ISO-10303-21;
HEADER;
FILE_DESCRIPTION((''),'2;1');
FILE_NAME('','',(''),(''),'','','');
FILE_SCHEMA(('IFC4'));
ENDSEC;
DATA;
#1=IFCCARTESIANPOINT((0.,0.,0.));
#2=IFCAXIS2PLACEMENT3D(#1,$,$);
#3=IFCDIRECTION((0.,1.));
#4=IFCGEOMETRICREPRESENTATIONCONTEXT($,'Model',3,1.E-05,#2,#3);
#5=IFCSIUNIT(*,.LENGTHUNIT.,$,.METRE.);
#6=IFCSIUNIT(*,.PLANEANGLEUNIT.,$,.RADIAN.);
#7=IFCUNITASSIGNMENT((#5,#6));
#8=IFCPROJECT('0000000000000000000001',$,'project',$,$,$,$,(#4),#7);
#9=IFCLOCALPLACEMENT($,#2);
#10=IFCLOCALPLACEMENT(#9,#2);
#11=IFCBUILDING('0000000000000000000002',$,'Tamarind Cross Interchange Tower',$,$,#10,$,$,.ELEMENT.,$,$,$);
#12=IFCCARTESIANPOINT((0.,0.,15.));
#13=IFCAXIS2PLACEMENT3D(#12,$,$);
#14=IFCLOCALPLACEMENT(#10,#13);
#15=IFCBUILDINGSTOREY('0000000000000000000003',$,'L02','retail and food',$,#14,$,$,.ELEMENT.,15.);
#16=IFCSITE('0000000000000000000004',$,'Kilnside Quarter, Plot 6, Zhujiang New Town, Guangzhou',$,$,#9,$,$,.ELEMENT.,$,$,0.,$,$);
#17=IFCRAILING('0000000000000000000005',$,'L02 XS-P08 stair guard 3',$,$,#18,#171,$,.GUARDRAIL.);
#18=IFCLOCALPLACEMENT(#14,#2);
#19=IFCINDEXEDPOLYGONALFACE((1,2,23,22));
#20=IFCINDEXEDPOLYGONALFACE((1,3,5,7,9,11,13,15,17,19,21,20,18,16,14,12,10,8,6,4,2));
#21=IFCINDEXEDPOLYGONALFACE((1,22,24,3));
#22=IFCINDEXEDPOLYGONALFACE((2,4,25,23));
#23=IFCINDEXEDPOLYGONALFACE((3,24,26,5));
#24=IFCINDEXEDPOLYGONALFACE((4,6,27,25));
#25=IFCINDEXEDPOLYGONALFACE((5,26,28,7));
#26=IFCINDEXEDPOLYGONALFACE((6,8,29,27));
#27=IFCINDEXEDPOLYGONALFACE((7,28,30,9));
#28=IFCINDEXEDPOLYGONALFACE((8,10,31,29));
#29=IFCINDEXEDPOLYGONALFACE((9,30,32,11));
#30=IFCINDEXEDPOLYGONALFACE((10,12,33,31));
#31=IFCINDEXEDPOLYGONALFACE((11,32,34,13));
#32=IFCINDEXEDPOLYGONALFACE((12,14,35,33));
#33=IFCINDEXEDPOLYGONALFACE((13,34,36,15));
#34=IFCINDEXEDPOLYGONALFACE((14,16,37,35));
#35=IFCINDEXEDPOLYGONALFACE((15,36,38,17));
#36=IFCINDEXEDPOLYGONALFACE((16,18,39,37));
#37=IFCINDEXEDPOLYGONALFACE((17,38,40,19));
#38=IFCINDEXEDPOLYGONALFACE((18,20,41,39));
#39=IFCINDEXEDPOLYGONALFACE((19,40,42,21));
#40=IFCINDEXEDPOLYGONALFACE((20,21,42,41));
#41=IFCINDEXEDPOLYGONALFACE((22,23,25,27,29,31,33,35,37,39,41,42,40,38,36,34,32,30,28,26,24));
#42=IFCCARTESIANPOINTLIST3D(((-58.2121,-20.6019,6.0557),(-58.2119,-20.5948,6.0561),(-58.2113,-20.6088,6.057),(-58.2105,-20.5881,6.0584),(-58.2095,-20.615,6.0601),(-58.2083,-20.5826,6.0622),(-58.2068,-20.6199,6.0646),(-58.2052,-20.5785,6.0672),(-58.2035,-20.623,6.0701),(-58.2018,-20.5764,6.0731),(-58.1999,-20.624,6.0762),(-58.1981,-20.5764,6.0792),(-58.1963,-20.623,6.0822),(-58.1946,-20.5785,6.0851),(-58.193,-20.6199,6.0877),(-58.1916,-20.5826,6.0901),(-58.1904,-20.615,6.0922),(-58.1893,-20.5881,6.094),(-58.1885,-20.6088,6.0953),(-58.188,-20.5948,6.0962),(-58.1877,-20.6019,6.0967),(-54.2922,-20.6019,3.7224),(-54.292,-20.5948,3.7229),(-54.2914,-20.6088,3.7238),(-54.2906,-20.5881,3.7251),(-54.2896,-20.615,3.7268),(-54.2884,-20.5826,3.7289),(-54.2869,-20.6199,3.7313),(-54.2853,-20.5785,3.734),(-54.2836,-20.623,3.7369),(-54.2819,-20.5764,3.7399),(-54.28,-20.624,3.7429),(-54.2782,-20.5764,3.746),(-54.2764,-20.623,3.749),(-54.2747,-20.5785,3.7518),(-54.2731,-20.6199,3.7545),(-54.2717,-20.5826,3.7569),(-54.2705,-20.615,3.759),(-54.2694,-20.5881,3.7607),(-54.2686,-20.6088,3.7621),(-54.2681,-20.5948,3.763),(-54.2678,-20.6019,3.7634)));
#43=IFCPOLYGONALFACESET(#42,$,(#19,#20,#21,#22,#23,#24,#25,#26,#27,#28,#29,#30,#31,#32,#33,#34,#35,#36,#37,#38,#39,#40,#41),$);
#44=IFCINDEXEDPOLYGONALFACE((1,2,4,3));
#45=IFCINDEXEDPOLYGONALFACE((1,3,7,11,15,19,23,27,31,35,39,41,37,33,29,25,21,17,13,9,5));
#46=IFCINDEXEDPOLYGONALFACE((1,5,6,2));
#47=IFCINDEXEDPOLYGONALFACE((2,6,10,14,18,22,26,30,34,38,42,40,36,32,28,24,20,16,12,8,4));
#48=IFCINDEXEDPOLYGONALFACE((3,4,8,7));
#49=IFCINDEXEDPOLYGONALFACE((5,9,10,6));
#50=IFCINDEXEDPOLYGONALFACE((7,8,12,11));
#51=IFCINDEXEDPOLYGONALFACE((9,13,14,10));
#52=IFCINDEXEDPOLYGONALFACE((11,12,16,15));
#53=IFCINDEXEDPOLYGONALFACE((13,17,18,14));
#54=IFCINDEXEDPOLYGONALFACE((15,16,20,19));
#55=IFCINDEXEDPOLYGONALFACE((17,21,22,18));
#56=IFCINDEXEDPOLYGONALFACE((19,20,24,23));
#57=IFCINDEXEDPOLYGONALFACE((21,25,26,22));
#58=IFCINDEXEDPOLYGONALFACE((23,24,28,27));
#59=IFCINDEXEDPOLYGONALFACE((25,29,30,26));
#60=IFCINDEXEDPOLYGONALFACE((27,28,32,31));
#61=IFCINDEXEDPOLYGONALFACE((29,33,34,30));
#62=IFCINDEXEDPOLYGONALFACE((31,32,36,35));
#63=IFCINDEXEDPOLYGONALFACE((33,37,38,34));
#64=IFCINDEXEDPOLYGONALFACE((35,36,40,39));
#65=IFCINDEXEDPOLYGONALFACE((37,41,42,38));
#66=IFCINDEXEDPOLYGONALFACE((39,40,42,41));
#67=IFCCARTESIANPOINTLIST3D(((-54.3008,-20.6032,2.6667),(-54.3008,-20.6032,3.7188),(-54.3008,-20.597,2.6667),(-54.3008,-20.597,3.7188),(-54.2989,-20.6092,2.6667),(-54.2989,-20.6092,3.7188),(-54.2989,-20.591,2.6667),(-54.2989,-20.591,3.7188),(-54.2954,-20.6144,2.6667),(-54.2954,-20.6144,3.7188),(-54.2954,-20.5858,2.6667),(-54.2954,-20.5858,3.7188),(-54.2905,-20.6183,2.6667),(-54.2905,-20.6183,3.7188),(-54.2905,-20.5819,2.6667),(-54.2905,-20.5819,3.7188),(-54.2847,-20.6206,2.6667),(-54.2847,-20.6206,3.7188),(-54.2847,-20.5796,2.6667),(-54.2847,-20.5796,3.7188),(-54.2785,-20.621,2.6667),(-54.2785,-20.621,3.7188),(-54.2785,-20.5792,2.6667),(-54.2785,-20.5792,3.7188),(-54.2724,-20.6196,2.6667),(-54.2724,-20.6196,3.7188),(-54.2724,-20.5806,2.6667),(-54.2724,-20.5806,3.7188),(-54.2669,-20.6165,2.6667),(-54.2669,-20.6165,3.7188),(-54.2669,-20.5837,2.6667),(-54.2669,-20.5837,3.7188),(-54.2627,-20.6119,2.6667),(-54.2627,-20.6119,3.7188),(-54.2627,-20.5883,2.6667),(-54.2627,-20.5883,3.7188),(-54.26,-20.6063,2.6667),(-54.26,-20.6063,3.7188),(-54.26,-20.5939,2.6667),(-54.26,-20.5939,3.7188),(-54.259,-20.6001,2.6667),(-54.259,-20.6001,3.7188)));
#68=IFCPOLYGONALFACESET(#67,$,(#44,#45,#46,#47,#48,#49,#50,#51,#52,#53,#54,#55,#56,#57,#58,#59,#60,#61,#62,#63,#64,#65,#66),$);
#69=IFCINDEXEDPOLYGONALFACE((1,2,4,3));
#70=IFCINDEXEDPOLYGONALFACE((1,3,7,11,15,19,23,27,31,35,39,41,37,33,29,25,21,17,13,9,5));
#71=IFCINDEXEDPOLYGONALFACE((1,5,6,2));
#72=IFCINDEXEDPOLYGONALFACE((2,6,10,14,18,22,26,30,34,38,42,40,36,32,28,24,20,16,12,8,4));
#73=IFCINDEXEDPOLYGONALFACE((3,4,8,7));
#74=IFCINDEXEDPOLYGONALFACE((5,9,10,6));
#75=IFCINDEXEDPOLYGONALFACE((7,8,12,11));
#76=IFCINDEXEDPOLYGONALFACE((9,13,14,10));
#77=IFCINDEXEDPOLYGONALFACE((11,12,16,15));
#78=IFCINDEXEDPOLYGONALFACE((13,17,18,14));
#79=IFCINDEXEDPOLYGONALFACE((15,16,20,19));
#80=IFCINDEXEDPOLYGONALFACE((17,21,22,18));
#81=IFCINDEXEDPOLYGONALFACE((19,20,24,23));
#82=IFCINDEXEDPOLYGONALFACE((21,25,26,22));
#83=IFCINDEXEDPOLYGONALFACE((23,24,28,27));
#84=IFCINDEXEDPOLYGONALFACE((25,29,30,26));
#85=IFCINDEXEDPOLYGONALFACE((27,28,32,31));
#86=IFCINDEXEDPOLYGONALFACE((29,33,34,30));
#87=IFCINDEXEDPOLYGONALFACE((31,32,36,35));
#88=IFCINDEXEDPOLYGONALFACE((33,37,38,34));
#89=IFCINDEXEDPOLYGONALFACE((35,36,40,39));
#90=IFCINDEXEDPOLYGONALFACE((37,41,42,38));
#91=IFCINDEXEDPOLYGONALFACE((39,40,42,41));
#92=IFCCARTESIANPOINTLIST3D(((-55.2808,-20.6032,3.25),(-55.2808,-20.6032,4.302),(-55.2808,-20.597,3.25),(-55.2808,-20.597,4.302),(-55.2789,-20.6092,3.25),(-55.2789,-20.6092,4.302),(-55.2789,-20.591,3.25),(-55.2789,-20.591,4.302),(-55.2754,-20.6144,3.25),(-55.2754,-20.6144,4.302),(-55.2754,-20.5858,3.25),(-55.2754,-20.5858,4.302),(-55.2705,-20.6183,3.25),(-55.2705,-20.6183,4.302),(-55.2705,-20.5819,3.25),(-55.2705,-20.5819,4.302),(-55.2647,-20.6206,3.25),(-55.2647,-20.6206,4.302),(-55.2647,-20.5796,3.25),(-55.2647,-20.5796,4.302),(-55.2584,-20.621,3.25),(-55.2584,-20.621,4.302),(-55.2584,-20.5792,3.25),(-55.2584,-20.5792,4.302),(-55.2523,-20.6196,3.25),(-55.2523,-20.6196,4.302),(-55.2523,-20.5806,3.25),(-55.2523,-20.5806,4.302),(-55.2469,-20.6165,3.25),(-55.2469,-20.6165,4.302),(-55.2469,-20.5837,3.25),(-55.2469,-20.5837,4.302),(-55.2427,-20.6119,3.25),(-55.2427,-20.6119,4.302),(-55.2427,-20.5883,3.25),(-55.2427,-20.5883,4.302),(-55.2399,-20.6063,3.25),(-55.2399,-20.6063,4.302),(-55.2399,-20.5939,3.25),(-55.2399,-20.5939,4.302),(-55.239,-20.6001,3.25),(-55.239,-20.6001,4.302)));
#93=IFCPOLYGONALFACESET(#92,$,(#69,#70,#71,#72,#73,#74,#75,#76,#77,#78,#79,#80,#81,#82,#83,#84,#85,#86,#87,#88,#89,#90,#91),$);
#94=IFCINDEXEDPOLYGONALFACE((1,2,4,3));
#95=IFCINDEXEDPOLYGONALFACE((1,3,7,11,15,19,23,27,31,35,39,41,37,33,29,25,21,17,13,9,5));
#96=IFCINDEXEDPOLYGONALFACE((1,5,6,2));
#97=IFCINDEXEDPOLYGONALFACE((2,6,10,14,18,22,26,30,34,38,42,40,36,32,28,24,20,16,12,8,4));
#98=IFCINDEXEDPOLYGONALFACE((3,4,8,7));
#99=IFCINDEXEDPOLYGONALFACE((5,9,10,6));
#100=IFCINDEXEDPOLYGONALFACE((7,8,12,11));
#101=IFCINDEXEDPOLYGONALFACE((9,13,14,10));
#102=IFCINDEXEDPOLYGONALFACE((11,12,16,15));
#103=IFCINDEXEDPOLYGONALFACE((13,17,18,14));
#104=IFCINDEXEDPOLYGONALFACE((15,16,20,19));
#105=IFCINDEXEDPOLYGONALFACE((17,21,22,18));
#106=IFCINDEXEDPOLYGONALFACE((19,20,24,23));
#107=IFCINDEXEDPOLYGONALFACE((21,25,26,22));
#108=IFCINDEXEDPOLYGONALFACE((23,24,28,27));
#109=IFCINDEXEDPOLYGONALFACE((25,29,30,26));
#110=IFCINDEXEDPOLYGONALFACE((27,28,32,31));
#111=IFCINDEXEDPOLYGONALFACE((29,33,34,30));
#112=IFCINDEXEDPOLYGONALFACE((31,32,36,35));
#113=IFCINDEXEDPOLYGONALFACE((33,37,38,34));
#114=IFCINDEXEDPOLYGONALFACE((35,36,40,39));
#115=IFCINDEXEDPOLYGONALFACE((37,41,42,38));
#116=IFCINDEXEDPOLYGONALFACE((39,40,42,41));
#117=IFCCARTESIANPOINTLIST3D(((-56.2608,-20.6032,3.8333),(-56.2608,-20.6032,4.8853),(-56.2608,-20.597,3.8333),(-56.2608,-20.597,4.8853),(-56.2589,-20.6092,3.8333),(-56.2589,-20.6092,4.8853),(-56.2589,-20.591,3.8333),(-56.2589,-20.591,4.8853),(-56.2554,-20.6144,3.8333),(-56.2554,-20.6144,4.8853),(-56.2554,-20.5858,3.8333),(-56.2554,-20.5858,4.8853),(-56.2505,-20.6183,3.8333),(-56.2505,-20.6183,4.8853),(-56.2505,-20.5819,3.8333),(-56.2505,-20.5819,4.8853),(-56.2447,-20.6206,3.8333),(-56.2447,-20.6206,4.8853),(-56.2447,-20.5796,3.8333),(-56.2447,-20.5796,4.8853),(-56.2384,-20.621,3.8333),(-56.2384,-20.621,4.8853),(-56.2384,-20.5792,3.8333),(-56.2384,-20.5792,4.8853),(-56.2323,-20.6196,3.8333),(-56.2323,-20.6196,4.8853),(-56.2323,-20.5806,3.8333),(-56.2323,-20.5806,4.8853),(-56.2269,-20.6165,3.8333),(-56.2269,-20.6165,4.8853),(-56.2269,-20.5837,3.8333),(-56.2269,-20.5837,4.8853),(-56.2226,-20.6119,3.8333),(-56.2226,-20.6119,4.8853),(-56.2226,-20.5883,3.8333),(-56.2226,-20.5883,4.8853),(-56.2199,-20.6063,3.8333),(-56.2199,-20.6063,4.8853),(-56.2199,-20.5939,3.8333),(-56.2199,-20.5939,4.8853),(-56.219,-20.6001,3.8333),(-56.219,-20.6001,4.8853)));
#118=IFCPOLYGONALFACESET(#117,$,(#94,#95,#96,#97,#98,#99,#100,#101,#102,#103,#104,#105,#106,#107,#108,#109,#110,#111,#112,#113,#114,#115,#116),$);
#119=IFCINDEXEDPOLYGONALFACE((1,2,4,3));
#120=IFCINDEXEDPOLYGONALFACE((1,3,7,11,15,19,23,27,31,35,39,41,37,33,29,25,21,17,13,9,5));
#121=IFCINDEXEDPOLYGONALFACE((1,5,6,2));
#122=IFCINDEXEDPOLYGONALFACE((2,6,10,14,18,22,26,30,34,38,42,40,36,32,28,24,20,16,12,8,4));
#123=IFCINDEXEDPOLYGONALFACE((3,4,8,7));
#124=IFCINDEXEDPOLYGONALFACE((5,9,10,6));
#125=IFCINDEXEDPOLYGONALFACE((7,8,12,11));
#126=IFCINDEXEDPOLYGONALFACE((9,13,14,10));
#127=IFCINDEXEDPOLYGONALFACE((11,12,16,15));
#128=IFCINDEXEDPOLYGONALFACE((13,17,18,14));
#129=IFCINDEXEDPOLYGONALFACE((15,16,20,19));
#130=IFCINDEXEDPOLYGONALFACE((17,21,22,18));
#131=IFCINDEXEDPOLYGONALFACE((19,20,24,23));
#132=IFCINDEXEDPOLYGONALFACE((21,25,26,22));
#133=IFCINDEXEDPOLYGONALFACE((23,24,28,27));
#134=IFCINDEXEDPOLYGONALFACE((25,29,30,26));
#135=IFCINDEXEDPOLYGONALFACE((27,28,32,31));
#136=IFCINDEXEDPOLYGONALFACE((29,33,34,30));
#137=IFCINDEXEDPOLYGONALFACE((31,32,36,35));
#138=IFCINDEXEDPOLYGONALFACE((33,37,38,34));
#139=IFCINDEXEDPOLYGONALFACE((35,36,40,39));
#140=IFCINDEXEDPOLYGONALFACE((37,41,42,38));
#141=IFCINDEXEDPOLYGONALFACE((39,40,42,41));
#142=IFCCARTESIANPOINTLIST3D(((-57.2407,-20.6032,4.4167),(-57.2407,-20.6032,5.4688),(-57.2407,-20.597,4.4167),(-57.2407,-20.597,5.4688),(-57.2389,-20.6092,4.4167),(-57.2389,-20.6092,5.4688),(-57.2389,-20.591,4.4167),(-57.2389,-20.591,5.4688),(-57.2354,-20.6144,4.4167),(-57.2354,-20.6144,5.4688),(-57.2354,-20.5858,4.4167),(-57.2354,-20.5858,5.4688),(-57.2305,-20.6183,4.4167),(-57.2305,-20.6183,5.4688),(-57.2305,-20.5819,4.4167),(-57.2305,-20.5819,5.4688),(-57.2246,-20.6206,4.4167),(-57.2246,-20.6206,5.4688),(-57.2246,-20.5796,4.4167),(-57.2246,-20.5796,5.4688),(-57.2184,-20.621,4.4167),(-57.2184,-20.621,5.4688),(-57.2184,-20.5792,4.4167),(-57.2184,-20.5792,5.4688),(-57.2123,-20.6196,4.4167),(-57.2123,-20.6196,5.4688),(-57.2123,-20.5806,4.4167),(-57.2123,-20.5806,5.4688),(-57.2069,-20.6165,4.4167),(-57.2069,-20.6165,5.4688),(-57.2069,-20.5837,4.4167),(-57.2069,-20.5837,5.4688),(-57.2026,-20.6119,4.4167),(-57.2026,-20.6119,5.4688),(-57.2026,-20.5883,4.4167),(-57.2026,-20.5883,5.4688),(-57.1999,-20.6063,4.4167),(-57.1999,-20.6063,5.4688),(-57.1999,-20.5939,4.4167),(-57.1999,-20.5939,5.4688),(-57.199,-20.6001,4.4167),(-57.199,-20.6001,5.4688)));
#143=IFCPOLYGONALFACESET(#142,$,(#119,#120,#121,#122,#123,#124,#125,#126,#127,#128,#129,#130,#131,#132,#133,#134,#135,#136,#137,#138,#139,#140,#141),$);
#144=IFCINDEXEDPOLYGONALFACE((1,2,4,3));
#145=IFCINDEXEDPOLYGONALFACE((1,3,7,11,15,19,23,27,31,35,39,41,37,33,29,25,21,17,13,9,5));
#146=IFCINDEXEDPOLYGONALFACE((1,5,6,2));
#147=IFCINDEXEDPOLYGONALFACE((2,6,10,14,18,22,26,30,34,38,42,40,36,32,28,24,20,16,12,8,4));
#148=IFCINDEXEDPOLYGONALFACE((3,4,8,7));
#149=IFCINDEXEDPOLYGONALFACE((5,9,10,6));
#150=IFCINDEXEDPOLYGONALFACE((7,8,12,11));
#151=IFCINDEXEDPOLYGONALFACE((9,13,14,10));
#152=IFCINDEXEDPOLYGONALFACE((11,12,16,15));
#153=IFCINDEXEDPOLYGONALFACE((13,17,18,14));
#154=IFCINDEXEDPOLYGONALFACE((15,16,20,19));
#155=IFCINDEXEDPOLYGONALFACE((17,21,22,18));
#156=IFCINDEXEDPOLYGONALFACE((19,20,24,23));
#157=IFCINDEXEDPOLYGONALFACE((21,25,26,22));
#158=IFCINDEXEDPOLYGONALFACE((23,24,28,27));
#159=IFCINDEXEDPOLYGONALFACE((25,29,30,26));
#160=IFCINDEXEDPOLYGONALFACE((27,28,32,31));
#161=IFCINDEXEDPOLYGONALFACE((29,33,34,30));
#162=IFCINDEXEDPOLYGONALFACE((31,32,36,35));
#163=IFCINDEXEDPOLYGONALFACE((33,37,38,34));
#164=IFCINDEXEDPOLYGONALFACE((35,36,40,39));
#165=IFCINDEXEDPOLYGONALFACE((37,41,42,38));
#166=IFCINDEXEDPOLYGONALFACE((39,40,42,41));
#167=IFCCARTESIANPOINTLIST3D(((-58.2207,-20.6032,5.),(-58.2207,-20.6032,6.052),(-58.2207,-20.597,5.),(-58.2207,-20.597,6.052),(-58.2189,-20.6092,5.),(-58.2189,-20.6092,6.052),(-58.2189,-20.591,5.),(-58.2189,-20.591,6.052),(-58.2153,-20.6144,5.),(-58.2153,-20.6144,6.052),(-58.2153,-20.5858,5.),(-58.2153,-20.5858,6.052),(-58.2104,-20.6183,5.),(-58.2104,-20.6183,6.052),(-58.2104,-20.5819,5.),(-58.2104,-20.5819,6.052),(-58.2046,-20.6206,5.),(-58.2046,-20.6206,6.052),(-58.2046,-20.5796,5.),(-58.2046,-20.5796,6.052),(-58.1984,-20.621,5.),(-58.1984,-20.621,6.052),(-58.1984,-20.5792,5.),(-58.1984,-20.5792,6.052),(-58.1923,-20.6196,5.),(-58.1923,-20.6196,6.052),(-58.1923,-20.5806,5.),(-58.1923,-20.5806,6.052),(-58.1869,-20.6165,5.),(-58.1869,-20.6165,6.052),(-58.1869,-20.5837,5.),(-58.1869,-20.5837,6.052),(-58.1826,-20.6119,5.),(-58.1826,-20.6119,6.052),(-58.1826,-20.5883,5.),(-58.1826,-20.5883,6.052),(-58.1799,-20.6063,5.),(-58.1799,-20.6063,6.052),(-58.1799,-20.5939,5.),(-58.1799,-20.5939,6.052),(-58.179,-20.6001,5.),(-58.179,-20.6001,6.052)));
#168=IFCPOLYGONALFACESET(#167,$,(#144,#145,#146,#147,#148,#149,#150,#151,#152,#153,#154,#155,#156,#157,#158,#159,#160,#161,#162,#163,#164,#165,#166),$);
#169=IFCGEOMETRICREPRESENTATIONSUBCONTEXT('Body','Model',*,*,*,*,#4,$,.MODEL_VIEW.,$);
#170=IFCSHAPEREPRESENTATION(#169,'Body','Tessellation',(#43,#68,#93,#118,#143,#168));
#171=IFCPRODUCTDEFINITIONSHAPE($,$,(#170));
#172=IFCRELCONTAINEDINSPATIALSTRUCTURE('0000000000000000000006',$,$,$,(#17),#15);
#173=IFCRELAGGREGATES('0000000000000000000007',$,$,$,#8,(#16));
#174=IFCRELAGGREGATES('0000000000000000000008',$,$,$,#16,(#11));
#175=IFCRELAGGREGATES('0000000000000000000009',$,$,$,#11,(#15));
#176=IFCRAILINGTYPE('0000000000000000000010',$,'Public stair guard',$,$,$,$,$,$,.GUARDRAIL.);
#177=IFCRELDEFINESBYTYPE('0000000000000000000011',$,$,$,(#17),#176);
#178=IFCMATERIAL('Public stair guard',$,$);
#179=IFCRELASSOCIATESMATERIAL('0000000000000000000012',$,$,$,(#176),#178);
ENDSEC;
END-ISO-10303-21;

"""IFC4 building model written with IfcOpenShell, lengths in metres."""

from ifc_helpers import new_model, si_unit, direction, frame, origin, origin_2d, place, context, subcontext, project, spatial, circle, extrude, material, type_object, element, save


model = new_model("IFC4")

# Units and contexts
model_context = context("Model", 3, precision=1e-05, world=origin(), true_north=direction((0.0, 1.0)))
body_context = subcontext(model_context, "Body", "Model", "MODEL_VIEW")
ifc_project = project(units=[si_unit("LENGTHUNIT", "METRE"), si_unit("PLANEANGLEUNIT", "RADIAN")], contexts=[model_context])

# Site, building, storey
site_placement = place(None, origin())
site = spatial("IfcSite", under=ifc_project, at=site_placement, Name="Kilnside Quarter, Plot 6, Zhujiang New Town, Guangzhou", CompositionType="ELEMENT", RefElevation=0.0)
building_placement = place(site_placement, origin())
building = spatial("IfcBuilding", under=site, at=building_placement, Name="Tamarind Cross Interchange Tower", CompositionType="ELEMENT")
storey_placement = place(building_placement, frame((0.0, 0.0, 15.0)))
storey = spatial("IfcBuildingStorey", under=building, at=storey_placement, Name="L02", Description="retail and food", CompositionType="ELEMENT", Elevation=15.0)

# Railing
ifc_material_1 = material(Name="Public stair guard")
railing_type_1 = type_object("IfcRailingType", Name="Public stair guard", PredefinedType="GUARDRAIL", material=ifc_material_1)
railing_1_placement = place(storey_placement, frame((-54.28, -20.6001, 2.6667)))
element("IfcRailing", 1, at=railing_1_placement, inside=storey, type_object=railing_type_1, Name="L02 XS-P08 stair guard 3", PredefinedType="GUARDRAIL", context=body_context, shape_type="SweptSolid", body=[
    extrude(circle(Radius=0.0239, at=origin_2d()), frame((0.0, 0.0, 1.0762), z_axis=(-0.859296, 0.0, 0.511478), x_axis=(0.0, -1.0, 0.0)), (0.0, 0.0, 1.0), 4.5618),
    extrude(circle(Radius=0.021, at=origin_2d()), origin(), (0.0, 0.0, 1.0), 1.052),
    extrude(circle(Radius=0.021, at=origin_2d()), frame((-0.98, 0.0, 0.5833)), (0.0, 0.0, 1.0), 1.052),
    extrude(circle(Radius=0.021, at=origin_2d()), frame((-1.96, 0.0, 1.1665)), (0.0, 0.0, 1.0), 1.052),
    extrude(circle(Radius=0.021, at=origin_2d()), frame((-2.9399, 0.0, 1.75)), (0.0, 0.0, 1.0), 1.052),
    extrude(circle(Radius=0.021, at=origin_2d()), frame((-3.9199, 0.0, 2.3333)), (0.0, 0.0, 1.0), 1.052),
])

save(model, "model.ifc")
